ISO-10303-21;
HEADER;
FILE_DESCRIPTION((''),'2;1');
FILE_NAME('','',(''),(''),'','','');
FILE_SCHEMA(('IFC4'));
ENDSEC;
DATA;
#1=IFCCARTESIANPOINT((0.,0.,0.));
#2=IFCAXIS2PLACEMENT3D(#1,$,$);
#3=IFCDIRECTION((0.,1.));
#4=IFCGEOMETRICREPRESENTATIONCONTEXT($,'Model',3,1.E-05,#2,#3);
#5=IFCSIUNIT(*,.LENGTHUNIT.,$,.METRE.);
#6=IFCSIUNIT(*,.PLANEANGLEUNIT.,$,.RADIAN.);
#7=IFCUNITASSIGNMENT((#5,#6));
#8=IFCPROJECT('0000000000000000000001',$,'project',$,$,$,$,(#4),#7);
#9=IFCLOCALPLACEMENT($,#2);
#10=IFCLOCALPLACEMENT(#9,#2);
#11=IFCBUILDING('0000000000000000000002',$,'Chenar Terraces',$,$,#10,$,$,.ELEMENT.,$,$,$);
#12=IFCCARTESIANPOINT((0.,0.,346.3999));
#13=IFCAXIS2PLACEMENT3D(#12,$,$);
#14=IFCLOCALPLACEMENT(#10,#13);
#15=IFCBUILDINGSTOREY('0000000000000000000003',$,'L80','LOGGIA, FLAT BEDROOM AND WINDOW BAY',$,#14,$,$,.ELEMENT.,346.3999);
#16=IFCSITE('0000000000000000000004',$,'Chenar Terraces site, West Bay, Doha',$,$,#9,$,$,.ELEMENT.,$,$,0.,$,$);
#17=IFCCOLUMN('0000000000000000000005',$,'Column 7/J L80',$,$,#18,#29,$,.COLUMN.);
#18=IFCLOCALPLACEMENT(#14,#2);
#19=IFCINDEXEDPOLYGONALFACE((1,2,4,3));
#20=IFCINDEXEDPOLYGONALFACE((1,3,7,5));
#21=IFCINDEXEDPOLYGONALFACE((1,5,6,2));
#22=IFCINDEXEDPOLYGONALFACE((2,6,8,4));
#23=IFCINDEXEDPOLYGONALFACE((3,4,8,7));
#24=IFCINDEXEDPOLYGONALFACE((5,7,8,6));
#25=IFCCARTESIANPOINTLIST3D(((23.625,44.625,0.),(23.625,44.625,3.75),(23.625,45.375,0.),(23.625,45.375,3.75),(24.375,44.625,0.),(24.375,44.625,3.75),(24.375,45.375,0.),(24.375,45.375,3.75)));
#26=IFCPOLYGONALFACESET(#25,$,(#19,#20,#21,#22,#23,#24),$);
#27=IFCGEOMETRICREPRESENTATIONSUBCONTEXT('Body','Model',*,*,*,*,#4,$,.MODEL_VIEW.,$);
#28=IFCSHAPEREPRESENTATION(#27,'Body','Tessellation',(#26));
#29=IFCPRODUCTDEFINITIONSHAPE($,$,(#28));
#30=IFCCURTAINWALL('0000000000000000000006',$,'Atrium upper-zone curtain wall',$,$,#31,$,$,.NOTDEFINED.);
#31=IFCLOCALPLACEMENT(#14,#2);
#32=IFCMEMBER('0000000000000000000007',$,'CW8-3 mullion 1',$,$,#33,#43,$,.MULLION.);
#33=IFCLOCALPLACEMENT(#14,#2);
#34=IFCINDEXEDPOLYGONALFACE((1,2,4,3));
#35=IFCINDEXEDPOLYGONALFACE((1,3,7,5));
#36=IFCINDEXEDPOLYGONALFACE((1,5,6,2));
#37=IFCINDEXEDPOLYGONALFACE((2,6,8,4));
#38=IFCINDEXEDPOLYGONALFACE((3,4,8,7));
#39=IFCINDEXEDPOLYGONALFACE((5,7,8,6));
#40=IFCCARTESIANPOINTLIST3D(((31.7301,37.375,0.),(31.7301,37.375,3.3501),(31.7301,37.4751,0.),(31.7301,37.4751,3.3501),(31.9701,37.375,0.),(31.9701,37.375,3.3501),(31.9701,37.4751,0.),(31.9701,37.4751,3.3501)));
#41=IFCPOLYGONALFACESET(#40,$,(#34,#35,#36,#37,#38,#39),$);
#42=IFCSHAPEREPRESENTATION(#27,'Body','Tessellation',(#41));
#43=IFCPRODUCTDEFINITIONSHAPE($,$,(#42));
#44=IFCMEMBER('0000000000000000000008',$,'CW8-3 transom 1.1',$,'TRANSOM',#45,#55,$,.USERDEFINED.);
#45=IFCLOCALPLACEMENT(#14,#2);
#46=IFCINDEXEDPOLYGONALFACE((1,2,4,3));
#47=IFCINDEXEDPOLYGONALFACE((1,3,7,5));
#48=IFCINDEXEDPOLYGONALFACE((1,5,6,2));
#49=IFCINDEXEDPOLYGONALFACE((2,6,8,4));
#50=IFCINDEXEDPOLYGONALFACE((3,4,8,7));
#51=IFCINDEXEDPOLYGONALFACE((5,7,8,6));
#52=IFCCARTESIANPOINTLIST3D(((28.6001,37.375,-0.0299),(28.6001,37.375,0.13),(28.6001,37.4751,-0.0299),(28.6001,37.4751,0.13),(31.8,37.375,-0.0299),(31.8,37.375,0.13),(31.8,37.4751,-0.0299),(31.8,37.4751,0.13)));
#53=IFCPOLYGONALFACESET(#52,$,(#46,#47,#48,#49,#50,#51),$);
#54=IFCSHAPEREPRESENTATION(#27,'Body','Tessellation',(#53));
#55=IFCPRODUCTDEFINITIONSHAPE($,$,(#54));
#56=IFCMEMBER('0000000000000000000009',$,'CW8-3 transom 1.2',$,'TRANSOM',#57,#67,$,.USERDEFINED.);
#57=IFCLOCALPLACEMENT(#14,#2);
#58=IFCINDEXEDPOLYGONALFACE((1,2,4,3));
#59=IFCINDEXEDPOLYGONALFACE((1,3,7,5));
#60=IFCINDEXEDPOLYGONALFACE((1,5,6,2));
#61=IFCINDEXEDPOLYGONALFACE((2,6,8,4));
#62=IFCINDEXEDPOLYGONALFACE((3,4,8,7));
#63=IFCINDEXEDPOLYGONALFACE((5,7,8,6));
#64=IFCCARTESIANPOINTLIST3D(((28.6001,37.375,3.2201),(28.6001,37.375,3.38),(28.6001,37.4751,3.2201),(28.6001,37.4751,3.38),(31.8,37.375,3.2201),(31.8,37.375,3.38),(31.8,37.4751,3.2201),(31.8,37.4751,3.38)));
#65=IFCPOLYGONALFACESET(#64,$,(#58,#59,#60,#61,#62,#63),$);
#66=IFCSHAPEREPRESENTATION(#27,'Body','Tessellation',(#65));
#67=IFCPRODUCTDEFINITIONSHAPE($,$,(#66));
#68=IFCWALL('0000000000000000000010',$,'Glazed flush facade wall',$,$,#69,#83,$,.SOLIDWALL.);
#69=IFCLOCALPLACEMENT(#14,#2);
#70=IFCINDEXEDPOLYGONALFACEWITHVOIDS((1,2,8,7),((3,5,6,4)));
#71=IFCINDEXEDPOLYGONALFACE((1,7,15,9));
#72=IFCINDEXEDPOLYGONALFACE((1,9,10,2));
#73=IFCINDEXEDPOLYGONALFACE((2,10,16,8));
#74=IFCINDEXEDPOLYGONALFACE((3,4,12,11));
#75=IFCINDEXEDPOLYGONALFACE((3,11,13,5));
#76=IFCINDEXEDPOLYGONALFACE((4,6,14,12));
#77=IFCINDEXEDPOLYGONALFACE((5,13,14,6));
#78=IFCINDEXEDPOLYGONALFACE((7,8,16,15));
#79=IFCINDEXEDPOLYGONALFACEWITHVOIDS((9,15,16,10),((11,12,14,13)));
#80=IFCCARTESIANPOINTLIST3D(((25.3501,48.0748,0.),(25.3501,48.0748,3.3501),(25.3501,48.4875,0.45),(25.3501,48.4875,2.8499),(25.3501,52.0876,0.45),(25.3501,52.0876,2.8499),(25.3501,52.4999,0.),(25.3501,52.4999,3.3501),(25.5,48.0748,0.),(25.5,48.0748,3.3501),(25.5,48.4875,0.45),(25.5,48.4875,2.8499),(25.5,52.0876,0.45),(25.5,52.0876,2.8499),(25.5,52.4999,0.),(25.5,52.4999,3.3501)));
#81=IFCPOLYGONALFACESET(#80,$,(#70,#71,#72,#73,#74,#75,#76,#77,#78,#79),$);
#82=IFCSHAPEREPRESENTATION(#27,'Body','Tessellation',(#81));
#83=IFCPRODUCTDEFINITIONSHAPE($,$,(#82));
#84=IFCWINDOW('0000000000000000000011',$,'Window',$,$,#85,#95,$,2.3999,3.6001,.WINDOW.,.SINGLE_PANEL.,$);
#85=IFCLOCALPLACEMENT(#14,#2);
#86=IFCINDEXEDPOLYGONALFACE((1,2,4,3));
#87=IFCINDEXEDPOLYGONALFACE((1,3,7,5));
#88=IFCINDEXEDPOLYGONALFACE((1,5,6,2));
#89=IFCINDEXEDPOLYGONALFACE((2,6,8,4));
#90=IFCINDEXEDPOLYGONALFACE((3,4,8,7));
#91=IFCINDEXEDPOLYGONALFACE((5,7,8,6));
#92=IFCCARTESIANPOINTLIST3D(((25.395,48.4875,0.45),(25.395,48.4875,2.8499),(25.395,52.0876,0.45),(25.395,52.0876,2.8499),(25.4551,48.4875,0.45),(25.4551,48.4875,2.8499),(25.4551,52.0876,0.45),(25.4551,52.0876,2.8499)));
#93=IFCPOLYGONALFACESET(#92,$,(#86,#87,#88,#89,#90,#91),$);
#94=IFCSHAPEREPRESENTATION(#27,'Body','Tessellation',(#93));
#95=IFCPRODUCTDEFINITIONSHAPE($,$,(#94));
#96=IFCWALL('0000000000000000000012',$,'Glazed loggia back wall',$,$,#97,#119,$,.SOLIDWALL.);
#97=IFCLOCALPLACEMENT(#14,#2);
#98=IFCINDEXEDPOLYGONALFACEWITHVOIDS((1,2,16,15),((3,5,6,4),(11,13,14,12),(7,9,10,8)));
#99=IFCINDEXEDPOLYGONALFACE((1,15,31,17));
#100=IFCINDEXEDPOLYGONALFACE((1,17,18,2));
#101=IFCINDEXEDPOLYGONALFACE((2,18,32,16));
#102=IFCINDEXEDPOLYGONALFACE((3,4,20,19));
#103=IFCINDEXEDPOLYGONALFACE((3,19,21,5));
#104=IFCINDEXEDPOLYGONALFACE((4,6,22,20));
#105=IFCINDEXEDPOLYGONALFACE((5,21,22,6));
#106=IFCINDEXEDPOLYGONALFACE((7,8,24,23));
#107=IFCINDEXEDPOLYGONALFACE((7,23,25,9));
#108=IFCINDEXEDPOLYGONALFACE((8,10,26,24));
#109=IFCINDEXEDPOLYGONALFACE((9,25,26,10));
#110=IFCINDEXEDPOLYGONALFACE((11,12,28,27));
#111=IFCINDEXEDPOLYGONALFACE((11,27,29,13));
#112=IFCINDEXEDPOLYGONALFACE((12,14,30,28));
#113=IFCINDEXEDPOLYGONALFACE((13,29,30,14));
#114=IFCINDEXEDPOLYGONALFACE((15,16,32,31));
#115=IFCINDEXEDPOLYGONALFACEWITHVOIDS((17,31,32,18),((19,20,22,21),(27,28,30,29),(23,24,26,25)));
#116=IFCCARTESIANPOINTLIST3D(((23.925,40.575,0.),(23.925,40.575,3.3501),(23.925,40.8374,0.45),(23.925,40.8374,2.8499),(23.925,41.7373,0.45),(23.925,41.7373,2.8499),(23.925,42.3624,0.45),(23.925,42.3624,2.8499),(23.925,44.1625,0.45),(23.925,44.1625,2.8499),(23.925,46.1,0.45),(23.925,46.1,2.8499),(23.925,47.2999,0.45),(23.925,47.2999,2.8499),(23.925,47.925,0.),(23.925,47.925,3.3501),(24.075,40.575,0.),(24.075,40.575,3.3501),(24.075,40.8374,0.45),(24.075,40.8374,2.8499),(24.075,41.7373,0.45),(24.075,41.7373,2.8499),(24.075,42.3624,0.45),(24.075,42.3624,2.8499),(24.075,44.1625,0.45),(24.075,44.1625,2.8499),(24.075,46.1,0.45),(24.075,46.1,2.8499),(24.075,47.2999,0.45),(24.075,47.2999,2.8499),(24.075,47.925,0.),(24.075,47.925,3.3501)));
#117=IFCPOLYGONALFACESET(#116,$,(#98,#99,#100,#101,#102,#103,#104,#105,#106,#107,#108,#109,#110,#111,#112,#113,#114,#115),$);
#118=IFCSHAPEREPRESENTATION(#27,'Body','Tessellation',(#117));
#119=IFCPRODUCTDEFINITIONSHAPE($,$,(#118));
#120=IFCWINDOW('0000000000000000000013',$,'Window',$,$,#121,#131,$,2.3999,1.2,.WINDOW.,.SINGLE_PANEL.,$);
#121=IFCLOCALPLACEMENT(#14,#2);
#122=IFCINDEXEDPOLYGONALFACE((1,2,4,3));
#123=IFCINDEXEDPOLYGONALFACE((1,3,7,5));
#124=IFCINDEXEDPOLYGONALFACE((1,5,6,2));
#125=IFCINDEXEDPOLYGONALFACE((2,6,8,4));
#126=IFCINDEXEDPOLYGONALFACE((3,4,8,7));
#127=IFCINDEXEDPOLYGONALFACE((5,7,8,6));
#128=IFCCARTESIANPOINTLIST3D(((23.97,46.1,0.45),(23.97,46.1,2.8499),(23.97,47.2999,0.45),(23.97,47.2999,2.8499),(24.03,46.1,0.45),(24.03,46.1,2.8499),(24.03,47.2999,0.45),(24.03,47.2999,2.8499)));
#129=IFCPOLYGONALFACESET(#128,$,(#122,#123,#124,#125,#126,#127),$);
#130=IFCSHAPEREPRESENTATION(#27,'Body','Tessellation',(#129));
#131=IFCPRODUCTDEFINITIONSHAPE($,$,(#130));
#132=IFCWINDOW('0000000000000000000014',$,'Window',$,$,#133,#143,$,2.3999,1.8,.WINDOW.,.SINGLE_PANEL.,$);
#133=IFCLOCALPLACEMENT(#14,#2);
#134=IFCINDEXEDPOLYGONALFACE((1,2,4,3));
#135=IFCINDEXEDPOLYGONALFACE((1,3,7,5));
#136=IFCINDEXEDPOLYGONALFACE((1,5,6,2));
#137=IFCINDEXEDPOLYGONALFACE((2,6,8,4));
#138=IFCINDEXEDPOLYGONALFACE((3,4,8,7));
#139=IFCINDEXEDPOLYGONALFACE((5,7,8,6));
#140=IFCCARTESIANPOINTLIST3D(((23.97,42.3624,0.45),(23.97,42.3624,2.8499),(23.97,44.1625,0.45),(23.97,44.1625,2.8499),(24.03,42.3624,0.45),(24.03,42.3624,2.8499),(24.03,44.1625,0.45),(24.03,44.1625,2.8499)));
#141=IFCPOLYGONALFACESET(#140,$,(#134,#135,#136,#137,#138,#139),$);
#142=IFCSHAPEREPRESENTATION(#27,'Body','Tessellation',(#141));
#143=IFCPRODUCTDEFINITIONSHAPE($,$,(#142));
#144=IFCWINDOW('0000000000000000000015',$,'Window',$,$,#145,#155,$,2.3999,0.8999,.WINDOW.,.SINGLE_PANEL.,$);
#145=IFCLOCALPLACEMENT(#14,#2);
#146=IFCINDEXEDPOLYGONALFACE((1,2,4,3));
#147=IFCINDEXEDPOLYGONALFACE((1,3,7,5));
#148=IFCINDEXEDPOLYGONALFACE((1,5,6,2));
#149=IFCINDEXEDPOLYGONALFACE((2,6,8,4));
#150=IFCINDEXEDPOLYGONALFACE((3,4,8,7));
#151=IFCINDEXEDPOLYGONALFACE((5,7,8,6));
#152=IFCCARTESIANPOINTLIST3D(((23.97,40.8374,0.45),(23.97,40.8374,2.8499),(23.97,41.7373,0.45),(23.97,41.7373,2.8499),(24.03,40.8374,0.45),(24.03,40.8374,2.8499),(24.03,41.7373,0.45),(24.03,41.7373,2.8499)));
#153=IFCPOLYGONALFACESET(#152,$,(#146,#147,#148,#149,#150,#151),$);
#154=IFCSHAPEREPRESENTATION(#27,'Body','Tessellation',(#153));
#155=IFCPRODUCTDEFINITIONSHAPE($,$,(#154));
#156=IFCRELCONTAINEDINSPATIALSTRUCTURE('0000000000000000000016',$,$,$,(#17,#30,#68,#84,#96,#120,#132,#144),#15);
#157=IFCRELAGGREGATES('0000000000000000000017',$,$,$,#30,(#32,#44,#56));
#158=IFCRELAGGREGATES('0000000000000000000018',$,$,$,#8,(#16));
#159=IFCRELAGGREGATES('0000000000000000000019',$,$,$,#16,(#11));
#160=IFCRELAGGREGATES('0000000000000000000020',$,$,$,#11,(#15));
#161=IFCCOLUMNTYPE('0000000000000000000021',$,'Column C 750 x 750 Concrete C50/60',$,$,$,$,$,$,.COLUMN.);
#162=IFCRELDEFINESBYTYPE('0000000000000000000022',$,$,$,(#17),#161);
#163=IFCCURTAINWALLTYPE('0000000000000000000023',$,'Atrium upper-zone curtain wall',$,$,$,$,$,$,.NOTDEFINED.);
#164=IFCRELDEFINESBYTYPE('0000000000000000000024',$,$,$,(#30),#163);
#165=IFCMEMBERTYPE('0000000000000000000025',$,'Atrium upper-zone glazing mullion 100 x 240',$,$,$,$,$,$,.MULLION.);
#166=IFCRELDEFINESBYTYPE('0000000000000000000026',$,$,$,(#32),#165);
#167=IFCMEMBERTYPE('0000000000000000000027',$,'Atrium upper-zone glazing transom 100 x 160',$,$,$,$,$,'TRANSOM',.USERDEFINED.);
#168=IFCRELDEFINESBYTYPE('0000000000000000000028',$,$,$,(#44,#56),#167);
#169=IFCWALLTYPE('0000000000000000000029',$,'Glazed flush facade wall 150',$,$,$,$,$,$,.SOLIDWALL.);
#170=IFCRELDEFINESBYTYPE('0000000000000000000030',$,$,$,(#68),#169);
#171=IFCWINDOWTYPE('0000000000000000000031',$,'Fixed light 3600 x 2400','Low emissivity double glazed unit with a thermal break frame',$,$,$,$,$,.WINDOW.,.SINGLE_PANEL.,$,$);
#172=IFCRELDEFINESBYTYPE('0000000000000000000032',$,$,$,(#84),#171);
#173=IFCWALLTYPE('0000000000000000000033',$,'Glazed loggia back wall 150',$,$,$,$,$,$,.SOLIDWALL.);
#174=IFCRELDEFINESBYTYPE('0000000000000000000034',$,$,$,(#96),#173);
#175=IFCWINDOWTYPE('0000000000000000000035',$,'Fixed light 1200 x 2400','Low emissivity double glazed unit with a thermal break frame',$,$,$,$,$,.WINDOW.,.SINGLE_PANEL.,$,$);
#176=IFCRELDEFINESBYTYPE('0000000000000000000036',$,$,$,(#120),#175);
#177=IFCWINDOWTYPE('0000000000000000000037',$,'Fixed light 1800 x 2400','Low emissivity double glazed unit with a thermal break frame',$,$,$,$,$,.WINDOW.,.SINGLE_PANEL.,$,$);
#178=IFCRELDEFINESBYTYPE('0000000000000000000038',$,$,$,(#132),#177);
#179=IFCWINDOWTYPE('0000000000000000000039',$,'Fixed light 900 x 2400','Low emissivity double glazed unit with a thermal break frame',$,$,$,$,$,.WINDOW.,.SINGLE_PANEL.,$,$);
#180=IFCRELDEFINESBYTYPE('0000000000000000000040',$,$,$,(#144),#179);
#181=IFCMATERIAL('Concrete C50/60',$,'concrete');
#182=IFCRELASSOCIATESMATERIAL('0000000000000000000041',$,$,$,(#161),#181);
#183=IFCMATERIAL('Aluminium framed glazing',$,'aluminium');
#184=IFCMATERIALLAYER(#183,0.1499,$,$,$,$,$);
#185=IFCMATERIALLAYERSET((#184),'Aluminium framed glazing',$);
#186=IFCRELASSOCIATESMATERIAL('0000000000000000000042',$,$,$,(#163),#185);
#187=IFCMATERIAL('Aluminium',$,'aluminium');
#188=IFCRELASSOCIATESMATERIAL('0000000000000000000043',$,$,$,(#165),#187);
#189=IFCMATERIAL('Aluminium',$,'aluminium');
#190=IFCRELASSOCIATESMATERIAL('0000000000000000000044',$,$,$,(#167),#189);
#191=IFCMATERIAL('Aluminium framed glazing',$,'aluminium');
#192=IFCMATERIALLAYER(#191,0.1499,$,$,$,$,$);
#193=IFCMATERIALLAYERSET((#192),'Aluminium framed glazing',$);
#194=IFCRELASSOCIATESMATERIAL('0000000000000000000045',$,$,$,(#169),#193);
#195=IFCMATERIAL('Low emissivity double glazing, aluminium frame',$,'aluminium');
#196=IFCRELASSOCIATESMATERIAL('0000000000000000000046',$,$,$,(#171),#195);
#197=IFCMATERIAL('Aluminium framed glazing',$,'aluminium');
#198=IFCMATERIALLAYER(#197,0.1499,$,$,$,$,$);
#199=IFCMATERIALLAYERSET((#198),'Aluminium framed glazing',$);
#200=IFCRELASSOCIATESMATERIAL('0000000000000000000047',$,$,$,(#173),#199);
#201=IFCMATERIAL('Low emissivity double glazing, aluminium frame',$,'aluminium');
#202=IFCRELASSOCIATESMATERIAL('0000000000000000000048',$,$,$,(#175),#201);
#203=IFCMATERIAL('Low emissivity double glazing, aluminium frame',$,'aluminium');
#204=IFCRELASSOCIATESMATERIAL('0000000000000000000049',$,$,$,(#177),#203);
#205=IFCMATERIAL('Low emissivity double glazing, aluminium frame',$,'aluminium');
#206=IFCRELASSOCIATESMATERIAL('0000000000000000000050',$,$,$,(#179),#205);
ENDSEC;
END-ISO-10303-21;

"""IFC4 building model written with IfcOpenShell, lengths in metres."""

from ifc_helpers import new_model, si_unit, direction, frame, frame_2d, origin, origin_2d, place, context, subcontext, project, spatial, rectangle, extrude, material, layer, layer_set, material_profile, profile_set, type_object, element, fill, aggregate, save


model = new_model("IFC4")

# Units and contexts
model_context = context("Model", 3, precision=1e-05, world=origin(), true_north=direction((0.0, 1.0)))
body_context = subcontext(model_context, "Body", "Model", "MODEL_VIEW")
ifc_project = project(units=[si_unit("LENGTHUNIT", "METRE"), si_unit("PLANEANGLEUNIT", "RADIAN")], contexts=[model_context])

# Site, building, storey
site_placement = place(None, origin())
site = spatial("IfcSite", under=ifc_project, at=site_placement, Name="Chenar Terraces site, West Bay, Doha", CompositionType="ELEMENT", RefElevation=0.0)
building_placement = place(site_placement, origin())
building = spatial("IfcBuilding", under=site, at=building_placement, Name="Chenar Terraces", CompositionType="ELEMENT")
storey_placement = place(building_placement, frame((0.0, 0.0, 346.3999)))
storey = spatial("IfcBuildingStorey", under=building, at=storey_placement, Name="L80", Description="LOGGIA, FLAT BEDROOM AND WINDOW BAY", CompositionType="ELEMENT", Elevation=346.3999)

# Column
ifc_material_1 = material(Name="Concrete C50/60", Category="concrete")
ifc_material_profile_1 = material_profile(ifc_material_1, rectangle(XDim=0.75, YDim=0.75, at=origin_2d()), Name="C 750 x 750")
ifc_profile_set_1 = profile_set([ifc_material_profile_1], Name="Concrete C50/60")
column_type = type_object("IfcColumnType", Name="Column C 750 x 750 Concrete C50/60", PredefinedType="COLUMN", material=ifc_profile_set_1)
column_placement = place(storey_placement, frame((24.0, 45.0, 0.0), z_axis=(0.0, 0.0, 1.0), x_axis=(1.0, 0.0, 0.0)))
element("IfcColumn", 1, at=column_placement, inside=storey, type_object=column_type, Name="Column 7/J L80", PredefinedType="COLUMN", context=body_context, shape_type="SweptSolid", body=[
    extrude(rectangle(XDim=0.75, YDim=0.75, at=origin_2d()), origin(), (0.0, 0.0, 1.0), 3.75),
])

# Curtain wall, members
ifc_material_2 = material(Name="Aluminium framed glazing", Category="aluminium")
ifc_layer_1 = layer(ifc_material_2, 0.1499)
ifc_layer_set_1 = layer_set([ifc_layer_1], Name="Aluminium framed glazing")
curtain_wall_type = type_object("IfcCurtainWallType", Name="Atrium upper-zone curtain wall", PredefinedType="NOTDEFINED", material=ifc_layer_set_1)
curtain_wall_placement = place(storey_placement, origin())
curtain_wall = element("IfcCurtainWall", 2, at=curtain_wall_placement, inside=storey, type_object=curtain_wall_type, Name="Atrium upper-zone curtain wall", PredefinedType="NOTDEFINED")
ifc_material_3 = material(Name="Aluminium", Category="aluminium")
ifc_material_profile_2 = material_profile(ifc_material_3, rectangle(XDim=0.1001, YDim=0.24, at=origin_2d()), Name="Atrium upper-zone glazing mullion 100 x 240")
ifc_profile_set_2 = profile_set([ifc_material_profile_2], Name="Aluminium")
member_type_1 = type_object("IfcMemberType", Name="Atrium upper-zone glazing mullion 100 x 240", PredefinedType="MULLION", material=ifc_profile_set_2)
member_1_placement = place(storey_placement, frame((31.8501, 37.425, 0.0), z_axis=(0.0, 0.0, 1.0), x_axis=(0.0, -1.0, 0.0)))
member_1 = element("IfcMember", 3, at=member_1_placement, type_object=member_type_1, Name="CW8-3 mullion 1", PredefinedType="MULLION", context=body_context, shape_type="SweptSolid", body=[
    extrude(rectangle(XDim=0.1001, YDim=0.24, at=origin_2d()), origin(), (0.0, 0.0, 1.0), 3.3501),
])
ifc_material_4 = material(Name="Aluminium", Category="aluminium")
ifc_material_profile_3 = material_profile(ifc_material_4, rectangle(XDim=0.1001, YDim=0.1599, at=origin_2d()), Name="Atrium upper-zone glazing transom 100 x 160")
ifc_profile_set_3 = profile_set([ifc_material_profile_3], Name="Aluminium")
member_type_2 = type_object("IfcMemberType", Name="Atrium upper-zone glazing transom 100 x 160", ElementType="TRANSOM", PredefinedType="USERDEFINED", material=ifc_profile_set_3)
member_2_placement = place(storey_placement, frame((31.8, 37.425, 0.05), z_axis=(-1.0, 0.0, 0.0), x_axis=(0.0, -1.0, 0.0)))
member_2 = element("IfcMember", 4, at=member_2_placement, type_object=member_type_2, Name="CW8-3 transom 1.1", ObjectType="TRANSOM", PredefinedType="USERDEFINED", context=body_context, shape_type="SweptSolid", body=[
    extrude(rectangle(XDim=0.1001, YDim=0.1599, at=origin_2d()), origin(), (0.0, 0.0, 1.0), 3.2),
])
member_3_placement = place(storey_placement, frame((31.8, 37.425, 3.3), z_axis=(-1.0, 0.0, 0.0), x_axis=(0.0, -1.0, 0.0)))
member_3 = element("IfcMember", 5, at=member_3_placement, type_object=member_type_2, Name="CW8-3 transom 1.2", ObjectType="TRANSOM", PredefinedType="USERDEFINED", context=body_context, shape_type="SweptSolid", body=[
    extrude(rectangle(XDim=0.1001, YDim=0.1599, at=origin_2d()), origin(), (0.0, 0.0, 1.0), 3.2),
])
aggregate(curtain_wall, [member_1, member_2, member_3])

# Wall, opening, window
ifc_material_5 = material(Name="Aluminium framed glazing", Category="aluminium")
ifc_layer_2 = layer(ifc_material_5, 0.1499)
ifc_layer_set_2 = layer_set([ifc_layer_2], Name="Aluminium framed glazing")
wall_type_1 = type_object("IfcWallType", Name="Glazed flush facade wall 150", PredefinedType="SOLIDWALL", material=ifc_layer_set_2)
wall_1_placement = place(storey_placement, frame((25.425, 48.075, 0.0), z_axis=(0.0, 0.0, 1.0), x_axis=(0.0, 1.0, 0.0)))
wall_1 = element("IfcWall", 6, at=wall_1_placement, inside=storey, type_object=wall_type_1, Name="Glazed flush facade wall", PredefinedType="SOLIDWALL", context=body_context, shape_type="SweptSolid", body=[
    extrude(rectangle(XDim=4.425, YDim=0.1499, at=frame_2d((2.2124, 0.0))), origin(), (0.0, 0.0, 1.0), 3.3501),
])
opening_1_placement = place(wall_1_placement, frame((0.4126, 0.0, 0.45)))
opening_1 = element("IfcOpeningElement", 7, at=opening_1_placement, cuts=wall_1, PredefinedType="OPENING", context=body_context, shape_type="SweptSolid", body=[
    extrude(rectangle(XDim=3.6001, YDim=2.3999, at=frame_2d((1.8, 1.2))), frame((0.0, 0.085, 0.0), z_axis=(0.0, -1.0, 0.0), x_axis=(1.0, 0.0, 0.0)), (0.0, 0.0, 1.0), 0.1699),
])
ifc_material_6 = material(Name="Low emissivity double glazing, aluminium frame", Category="aluminium")
window_type_1 = type_object("IfcWindowType", Name="Fixed light 3600 x 2400", Description="Low emissivity double glazed unit with a thermal break frame", PartitioningType="SINGLE_PANEL", PredefinedType="WINDOW", material=ifc_material_6)
window_1_placement = place(opening_1_placement, origin())
window_1 = element("IfcWindow", 8, at=window_1_placement, inside=storey, type_object=window_type_1, Name="Window", OverallHeight=2.3999, OverallWidth=3.6001, PartitioningType="SINGLE_PANEL", PredefinedType="WINDOW", context=body_context, shape_type="SweptSolid", body=[
    extrude(rectangle(XDim=3.6001, YDim=2.3999, at=frame_2d((1.8, 1.2))), frame((0.0, 0.03, 0.0), z_axis=(0.0, -1.0, 0.0), x_axis=(1.0, 0.0, 0.0)), (0.0, 0.0, 1.0), 0.0601),
])
fill(opening_1, window_1)

# Wall, openings, windows
ifc_material_7 = material(Name="Aluminium framed glazing", Category="aluminium")
ifc_layer_3 = layer(ifc_material_7, 0.1499)
ifc_layer_set_3 = layer_set([ifc_layer_3], Name="Aluminium framed glazing")
wall_type_2 = type_object("IfcWallType", Name="Glazed loggia back wall 150", PredefinedType="SOLIDWALL", material=ifc_layer_set_3)
wall_2_placement = place(storey_placement, frame((24.0, 40.575, 0.0), z_axis=(0.0, 0.0, 1.0), x_axis=(0.0, 1.0, 0.0)))
wall_2 = element("IfcWall", 9, at=wall_2_placement, inside=storey, type_object=wall_type_2, Name="Glazed loggia back wall", PredefinedType="SOLIDWALL", context=body_context, shape_type="SweptSolid", body=[
    extrude(rectangle(XDim=7.3501, YDim=0.1499, at=frame_2d((3.675, 0.0))), origin(), (0.0, 0.0, 1.0), 3.3501),
])
opening_2_placement = place(wall_2_placement, frame((0.2625, 0.0, 0.45)))
opening_2 = element("IfcOpeningElement", 10, at=opening_2_placement, cuts=wall_2, PredefinedType="OPENING", context=body_context, shape_type="SweptSolid", body=[
    extrude(rectangle(XDim=0.8999, YDim=2.3999, at=frame_2d((0.45, 1.2))), frame((0.0, 0.085, 0.0), z_axis=(0.0, -1.0, 0.0), x_axis=(1.0, 0.0, 0.0)), (0.0, 0.0, 1.0), 0.1699),
])
opening_3_placement = place(wall_2_placement, frame((1.7876, 0.0, 0.45)))
opening_3 = element("IfcOpeningElement", 11, at=opening_3_placement, cuts=wall_2, PredefinedType="OPENING", context=body_context, shape_type="SweptSolid", body=[
    extrude(rectangle(XDim=1.8, YDim=2.3999, at=frame_2d((0.8999, 1.2))), frame((0.0, 0.085, 0.0), z_axis=(0.0, -1.0, 0.0), x_axis=(1.0, 0.0, 0.0)), (0.0, 0.0, 1.0), 0.1699),
])
opening_4_placement = place(wall_2_placement, frame((5.5249, 0.0, 0.45)))
opening_4 = element("IfcOpeningElement", 12, at=opening_4_placement, cuts=wall_2, PredefinedType="OPENING", context=body_context, shape_type="SweptSolid", body=[
    extrude(rectangle(XDim=1.2, YDim=2.3999, at=frame_2d((0.6001, 1.2))), frame((0.0, 0.085, 0.0), z_axis=(0.0, -1.0, 0.0), x_axis=(1.0, 0.0, 0.0)), (0.0, 0.0, 1.0), 0.1699),
])
ifc_material_8 = material(Name="Low emissivity double glazing, aluminium frame", Category="aluminium")
window_type_2 = type_object("IfcWindowType", Name="Fixed light 1200 x 2400", Description="Low emissivity double glazed unit with a thermal break frame", PartitioningType="SINGLE_PANEL", PredefinedType="WINDOW", material=ifc_material_8)
window_2_placement = place(opening_4_placement, origin())
window_2 = element("IfcWindow", 13, at=window_2_placement, inside=storey, type_object=window_type_2, Name="Window", OverallHeight=2.3999, OverallWidth=1.2, PartitioningType="SINGLE_PANEL", PredefinedType="WINDOW", context=body_context, shape_type="SweptSolid", body=[
    extrude(rectangle(XDim=1.2, YDim=2.3999, at=frame_2d((0.6001, 1.2))), frame((0.0, 0.03, 0.0), z_axis=(0.0, -1.0, 0.0), x_axis=(1.0, 0.0, 0.0)), (0.0, 0.0, 1.0), 0.0601),
])
fill(opening_4, window_2)
ifc_material_9 = material(Name="Low emissivity double glazing, aluminium frame", Category="aluminium")
window_type_3 = type_object("IfcWindowType", Name="Fixed light 1800 x 2400", Description="Low emissivity double glazed unit with a thermal break frame", PartitioningType="SINGLE_PANEL", PredefinedType="WINDOW", material=ifc_material_9)
window_3_placement = place(opening_3_placement, origin())
window_3 = element("IfcWindow", 14, at=window_3_placement, inside=storey, type_object=window_type_3, Name="Window", OverallHeight=2.3999, OverallWidth=1.8, PartitioningType="SINGLE_PANEL", PredefinedType="WINDOW", context=body_context, shape_type="SweptSolid", body=[
    extrude(rectangle(XDim=1.8, YDim=2.3999, at=frame_2d((0.8999, 1.2))), frame((0.0, 0.03, 0.0), z_axis=(0.0, -1.0, 0.0), x_axis=(1.0, 0.0, 0.0)), (0.0, 0.0, 1.0), 0.0601),
])
fill(opening_3, window_3)
ifc_material_10 = material(Name="Low emissivity double glazing, aluminium frame", Category="aluminium")
window_type_4 = type_object("IfcWindowType", Name="Fixed light 900 x 2400", Description="Low emissivity double glazed unit with a thermal break frame", PartitioningType="SINGLE_PANEL", PredefinedType="WINDOW", material=ifc_material_10)
window_4_placement = place(opening_2_placement, origin())
window_4 = element("IfcWindow", 15, at=window_4_placement, inside=storey, type_object=window_type_4, Name="Window", OverallHeight=2.3999, OverallWidth=0.8999, PartitioningType="SINGLE_PANEL", PredefinedType="WINDOW", context=body_context, shape_type="SweptSolid", body=[
    extrude(rectangle(XDim=0.8999, YDim=2.3999, at=frame_2d((0.45, 1.2))), frame((0.0, 0.03, 0.0), z_axis=(0.0, -1.0, 0.0), x_axis=(1.0, 0.0, 0.0)), (0.0, 0.0, 1.0), 0.0601),
])
fill(opening_2, window_4)

save(model, "model.ifc")
